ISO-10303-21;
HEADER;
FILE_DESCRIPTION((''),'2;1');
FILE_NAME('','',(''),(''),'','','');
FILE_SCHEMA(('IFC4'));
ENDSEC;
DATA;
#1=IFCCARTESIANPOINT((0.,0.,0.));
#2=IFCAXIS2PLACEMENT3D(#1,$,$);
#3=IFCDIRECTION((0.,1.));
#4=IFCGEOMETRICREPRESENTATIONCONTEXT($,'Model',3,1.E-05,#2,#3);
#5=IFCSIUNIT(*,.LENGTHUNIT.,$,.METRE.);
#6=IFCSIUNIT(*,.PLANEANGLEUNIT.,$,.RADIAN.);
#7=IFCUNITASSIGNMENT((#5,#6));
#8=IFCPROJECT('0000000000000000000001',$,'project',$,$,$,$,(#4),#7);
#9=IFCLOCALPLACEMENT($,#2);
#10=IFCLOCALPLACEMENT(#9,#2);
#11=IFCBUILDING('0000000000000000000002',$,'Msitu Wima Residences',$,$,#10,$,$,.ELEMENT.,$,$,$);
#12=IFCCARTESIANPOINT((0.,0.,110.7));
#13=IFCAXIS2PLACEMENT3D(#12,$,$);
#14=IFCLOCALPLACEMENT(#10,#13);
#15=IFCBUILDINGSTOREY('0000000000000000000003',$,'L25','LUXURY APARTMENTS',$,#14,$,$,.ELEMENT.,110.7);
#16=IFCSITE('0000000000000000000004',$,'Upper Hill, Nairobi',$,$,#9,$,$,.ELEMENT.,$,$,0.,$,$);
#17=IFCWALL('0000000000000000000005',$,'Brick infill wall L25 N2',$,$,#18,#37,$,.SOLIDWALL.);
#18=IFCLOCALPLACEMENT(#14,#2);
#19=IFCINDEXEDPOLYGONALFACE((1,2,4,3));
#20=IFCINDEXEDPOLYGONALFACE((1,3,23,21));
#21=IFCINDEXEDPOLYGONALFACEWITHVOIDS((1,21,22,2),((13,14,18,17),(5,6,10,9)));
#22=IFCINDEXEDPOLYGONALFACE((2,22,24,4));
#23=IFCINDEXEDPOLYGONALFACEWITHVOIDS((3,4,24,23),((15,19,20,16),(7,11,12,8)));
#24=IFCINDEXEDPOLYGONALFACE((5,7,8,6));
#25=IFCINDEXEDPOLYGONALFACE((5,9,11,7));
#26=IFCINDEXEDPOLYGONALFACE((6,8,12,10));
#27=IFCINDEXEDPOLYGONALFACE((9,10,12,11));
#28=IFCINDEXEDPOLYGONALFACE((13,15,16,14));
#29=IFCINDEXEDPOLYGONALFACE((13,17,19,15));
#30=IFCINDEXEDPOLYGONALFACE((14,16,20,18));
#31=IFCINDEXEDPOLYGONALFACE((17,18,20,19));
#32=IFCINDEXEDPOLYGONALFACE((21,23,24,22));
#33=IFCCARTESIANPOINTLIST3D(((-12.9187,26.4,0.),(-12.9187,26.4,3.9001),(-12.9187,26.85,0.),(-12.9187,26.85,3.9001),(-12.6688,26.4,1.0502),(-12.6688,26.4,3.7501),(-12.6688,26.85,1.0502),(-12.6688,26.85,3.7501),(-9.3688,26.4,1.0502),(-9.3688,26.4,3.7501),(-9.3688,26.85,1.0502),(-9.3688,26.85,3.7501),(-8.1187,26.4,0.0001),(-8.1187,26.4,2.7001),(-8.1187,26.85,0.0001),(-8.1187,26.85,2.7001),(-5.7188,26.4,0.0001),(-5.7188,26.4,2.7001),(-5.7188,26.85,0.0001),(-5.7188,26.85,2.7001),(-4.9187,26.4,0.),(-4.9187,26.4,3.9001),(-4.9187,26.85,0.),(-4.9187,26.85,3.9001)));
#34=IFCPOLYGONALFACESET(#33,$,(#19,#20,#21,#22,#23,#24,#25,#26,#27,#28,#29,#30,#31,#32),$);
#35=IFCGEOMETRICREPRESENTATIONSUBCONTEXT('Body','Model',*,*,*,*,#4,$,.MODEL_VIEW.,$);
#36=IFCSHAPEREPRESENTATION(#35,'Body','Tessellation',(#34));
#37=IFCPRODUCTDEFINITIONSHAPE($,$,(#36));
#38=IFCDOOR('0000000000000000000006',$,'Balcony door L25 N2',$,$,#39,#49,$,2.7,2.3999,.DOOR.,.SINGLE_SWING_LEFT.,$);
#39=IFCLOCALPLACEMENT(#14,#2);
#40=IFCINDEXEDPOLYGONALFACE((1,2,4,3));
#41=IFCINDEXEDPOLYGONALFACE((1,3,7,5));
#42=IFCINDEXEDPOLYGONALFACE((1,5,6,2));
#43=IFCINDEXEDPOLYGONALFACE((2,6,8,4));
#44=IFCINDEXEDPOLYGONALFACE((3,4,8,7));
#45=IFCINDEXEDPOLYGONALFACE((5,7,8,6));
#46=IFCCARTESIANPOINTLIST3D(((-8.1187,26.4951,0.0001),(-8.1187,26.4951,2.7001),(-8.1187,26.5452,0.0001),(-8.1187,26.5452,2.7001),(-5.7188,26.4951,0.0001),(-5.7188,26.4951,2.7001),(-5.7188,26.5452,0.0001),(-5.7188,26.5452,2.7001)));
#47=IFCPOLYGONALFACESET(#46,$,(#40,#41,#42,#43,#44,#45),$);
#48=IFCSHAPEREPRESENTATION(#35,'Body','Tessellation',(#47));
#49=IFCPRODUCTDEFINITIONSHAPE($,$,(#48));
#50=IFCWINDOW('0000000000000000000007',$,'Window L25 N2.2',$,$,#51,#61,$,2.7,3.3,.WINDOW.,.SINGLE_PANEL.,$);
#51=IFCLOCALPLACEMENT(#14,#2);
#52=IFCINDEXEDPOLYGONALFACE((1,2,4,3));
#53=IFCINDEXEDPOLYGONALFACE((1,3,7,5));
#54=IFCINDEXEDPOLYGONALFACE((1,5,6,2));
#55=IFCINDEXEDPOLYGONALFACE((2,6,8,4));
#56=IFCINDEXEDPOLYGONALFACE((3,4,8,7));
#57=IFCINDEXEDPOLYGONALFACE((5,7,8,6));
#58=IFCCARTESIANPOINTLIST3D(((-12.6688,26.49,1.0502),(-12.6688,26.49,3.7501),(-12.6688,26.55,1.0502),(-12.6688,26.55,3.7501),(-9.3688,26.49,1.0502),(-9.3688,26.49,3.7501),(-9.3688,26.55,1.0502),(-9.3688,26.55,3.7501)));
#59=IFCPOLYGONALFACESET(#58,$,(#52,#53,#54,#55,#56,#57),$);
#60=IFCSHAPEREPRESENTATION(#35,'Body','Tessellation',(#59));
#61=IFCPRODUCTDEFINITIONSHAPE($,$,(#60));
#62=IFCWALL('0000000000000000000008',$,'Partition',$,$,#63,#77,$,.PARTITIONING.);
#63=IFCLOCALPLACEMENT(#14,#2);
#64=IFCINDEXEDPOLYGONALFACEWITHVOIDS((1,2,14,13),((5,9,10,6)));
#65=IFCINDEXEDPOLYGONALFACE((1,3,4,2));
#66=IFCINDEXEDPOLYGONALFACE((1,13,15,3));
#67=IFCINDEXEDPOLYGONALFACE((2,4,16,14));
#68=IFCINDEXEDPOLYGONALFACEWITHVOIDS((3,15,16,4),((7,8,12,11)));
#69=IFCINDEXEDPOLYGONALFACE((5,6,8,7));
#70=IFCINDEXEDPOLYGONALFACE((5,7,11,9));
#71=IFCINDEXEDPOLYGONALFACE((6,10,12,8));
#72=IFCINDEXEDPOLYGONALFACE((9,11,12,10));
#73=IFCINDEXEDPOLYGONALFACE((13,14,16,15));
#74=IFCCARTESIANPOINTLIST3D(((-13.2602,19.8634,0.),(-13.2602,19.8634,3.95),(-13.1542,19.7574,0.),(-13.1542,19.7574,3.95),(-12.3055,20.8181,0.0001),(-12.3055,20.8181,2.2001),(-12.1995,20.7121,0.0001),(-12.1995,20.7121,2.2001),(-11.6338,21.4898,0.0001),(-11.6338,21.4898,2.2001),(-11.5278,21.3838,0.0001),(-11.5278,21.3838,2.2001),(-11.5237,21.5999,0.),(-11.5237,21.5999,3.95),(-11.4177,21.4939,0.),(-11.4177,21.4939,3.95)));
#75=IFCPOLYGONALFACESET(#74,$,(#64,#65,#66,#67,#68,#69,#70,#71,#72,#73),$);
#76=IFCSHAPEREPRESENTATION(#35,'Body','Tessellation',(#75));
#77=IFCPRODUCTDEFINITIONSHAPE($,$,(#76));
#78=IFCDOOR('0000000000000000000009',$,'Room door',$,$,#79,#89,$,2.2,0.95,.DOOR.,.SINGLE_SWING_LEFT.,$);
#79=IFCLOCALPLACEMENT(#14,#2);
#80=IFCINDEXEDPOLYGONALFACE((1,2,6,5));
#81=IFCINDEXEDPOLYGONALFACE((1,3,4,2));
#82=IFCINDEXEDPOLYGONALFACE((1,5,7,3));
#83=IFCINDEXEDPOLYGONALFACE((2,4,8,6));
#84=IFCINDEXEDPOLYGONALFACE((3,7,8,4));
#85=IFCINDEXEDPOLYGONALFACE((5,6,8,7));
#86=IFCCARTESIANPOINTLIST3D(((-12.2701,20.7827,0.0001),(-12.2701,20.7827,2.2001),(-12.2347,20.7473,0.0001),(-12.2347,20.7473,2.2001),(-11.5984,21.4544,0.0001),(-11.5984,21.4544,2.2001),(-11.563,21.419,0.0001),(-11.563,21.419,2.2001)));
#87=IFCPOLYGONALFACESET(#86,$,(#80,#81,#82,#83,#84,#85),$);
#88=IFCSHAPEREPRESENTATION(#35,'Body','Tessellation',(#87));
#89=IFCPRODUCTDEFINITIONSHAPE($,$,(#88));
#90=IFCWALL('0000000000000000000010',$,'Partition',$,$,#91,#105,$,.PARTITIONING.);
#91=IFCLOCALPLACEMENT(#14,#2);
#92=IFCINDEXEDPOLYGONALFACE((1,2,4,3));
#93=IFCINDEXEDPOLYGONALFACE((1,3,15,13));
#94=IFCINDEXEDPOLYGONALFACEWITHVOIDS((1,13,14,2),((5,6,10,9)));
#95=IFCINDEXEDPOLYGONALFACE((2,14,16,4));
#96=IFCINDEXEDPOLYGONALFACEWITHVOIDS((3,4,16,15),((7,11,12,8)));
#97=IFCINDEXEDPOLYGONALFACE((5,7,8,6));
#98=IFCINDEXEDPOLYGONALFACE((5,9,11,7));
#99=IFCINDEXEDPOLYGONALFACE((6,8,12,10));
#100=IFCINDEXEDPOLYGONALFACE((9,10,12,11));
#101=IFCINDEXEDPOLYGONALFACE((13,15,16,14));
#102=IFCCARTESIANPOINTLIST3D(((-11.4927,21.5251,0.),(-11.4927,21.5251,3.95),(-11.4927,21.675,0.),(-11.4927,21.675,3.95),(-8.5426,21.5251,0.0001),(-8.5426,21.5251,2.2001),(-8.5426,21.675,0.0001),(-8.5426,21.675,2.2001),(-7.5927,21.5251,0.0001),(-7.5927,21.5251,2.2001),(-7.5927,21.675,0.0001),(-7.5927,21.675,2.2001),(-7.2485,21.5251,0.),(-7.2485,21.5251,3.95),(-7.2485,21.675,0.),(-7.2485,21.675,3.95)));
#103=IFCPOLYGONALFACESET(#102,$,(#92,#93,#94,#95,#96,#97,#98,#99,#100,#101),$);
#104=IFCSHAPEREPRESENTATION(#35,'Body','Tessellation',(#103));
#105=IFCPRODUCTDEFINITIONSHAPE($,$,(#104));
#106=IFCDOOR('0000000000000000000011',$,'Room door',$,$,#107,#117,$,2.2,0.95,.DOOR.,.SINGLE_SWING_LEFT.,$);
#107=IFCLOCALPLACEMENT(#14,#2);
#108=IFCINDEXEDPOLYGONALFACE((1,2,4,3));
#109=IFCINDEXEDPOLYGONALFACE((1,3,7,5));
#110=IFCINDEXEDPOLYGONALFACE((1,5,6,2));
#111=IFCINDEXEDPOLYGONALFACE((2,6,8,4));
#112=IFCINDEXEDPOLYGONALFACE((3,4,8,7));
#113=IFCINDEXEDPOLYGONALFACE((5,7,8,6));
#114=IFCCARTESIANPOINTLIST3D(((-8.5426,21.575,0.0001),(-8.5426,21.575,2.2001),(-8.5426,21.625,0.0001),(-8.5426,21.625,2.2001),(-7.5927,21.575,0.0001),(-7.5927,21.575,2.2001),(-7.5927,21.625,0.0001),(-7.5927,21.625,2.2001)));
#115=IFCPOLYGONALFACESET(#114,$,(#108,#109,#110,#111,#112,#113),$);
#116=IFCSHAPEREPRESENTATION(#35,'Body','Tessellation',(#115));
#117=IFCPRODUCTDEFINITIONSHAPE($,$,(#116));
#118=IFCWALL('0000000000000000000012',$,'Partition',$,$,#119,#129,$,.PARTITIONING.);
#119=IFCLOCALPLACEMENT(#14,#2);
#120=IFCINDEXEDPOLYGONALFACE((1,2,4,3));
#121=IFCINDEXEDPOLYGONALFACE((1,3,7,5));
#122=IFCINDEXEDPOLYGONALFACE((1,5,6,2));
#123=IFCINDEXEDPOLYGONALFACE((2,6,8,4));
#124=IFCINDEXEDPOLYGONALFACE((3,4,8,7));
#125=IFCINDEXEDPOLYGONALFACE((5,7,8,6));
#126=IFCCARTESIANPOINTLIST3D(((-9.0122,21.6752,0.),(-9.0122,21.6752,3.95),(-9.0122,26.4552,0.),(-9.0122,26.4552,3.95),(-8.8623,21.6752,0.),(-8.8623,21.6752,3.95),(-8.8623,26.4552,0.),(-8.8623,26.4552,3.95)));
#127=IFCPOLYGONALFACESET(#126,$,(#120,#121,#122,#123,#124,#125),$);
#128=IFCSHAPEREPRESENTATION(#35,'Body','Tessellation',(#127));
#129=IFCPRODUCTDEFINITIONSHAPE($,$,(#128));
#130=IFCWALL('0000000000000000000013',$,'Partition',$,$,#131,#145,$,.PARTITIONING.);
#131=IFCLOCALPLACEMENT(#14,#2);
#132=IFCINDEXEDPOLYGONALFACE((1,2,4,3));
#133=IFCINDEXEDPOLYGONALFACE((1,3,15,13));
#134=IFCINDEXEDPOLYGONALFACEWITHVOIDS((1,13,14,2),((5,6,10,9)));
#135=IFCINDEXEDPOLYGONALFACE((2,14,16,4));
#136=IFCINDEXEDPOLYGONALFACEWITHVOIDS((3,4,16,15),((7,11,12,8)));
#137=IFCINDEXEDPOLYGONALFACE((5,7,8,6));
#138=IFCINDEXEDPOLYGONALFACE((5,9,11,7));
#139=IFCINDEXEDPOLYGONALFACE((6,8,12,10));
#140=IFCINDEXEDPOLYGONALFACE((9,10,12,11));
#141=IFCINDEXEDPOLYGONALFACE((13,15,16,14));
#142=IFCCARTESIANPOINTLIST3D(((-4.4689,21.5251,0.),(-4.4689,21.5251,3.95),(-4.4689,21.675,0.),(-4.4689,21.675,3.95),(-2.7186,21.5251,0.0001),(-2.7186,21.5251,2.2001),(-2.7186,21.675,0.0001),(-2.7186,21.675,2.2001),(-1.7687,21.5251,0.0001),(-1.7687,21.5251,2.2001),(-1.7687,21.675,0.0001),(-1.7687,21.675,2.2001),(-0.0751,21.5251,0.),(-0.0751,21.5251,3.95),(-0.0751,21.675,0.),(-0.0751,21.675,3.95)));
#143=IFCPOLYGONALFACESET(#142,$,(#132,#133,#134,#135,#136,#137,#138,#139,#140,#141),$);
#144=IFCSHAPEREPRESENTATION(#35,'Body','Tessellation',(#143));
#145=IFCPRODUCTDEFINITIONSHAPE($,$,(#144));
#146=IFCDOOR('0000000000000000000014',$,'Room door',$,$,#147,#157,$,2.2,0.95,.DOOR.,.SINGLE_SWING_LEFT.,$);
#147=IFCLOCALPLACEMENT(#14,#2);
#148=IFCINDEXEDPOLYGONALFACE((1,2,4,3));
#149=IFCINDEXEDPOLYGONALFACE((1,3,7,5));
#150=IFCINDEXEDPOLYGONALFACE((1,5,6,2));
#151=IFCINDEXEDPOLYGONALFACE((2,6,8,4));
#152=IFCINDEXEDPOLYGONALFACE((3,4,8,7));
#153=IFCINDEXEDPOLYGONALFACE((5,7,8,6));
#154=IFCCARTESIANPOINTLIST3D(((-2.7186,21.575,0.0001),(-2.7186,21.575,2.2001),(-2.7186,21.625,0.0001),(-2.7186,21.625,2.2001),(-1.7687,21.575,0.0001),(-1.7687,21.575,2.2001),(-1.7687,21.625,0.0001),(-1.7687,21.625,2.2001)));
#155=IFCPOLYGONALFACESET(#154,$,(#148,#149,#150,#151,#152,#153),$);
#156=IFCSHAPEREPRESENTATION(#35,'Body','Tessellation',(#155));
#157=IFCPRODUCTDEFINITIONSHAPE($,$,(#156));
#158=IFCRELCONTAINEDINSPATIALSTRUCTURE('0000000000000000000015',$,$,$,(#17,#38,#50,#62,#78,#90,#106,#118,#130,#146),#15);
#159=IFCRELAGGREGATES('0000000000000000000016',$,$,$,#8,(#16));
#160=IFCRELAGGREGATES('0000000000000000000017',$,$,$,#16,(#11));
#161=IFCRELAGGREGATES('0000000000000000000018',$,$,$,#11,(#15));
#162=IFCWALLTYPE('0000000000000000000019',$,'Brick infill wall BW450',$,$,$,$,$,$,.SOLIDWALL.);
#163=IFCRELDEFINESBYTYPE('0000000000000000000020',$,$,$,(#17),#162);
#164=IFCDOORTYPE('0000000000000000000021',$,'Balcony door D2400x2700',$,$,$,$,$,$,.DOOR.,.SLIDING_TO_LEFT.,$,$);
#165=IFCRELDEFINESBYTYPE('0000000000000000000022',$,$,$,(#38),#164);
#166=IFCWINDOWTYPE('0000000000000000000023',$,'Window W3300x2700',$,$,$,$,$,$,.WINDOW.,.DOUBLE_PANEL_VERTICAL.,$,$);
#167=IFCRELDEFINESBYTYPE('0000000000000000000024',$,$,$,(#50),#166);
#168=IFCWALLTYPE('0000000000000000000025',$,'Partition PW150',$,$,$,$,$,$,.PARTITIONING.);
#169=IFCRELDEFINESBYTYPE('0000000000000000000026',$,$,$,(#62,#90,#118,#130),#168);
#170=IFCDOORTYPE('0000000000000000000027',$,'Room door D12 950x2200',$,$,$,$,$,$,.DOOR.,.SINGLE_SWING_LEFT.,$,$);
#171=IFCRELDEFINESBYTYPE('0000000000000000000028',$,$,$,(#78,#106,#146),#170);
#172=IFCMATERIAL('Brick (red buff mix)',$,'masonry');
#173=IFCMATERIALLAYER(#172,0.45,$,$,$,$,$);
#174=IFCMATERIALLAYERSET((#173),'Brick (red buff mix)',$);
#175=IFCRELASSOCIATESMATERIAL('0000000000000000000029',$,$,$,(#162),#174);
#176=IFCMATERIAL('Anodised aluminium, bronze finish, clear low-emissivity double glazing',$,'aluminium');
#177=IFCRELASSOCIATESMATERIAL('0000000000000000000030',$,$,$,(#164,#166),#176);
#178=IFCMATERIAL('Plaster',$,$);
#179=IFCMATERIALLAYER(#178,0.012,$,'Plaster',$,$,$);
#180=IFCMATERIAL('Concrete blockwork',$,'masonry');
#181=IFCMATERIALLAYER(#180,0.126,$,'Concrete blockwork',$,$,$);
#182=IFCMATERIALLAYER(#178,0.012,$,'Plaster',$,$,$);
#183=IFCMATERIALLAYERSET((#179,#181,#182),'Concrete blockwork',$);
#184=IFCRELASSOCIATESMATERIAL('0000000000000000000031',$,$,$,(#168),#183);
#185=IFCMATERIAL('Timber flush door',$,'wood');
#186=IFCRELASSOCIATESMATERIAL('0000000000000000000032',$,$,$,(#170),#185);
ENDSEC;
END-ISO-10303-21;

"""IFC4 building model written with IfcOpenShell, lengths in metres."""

from ifc_helpers import new_model, si_unit, direction, frame, frame_2d, origin, place, context, subcontext, project, spatial, rectangle, extrude, material, layer, layer_set, type_object, element, fill, save


model = new_model("IFC4")

# Units and contexts
model_context = context("Model", 3, precision=1e-05, world=origin(), true_north=direction((0.0, 1.0)))
body_context = subcontext(model_context, "Body", "Model", "MODEL_VIEW")
ifc_project = project(units=[si_unit("LENGTHUNIT", "METRE"), si_unit("PLANEANGLEUNIT", "RADIAN")], contexts=[model_context])

# Site, building, storey
site_placement = place(None, origin())
site = spatial("IfcSite", under=ifc_project, at=site_placement, Name="Upper Hill, Nairobi", CompositionType="ELEMENT", RefElevation=0.0)
building_placement = place(site_placement, origin())
building = spatial("IfcBuilding", under=site, at=building_placement, Name="Msitu Wima Residences", CompositionType="ELEMENT")
storey_placement = place(building_placement, frame((0.0, 0.0, 110.7)))
storey = spatial("IfcBuildingStorey", under=building, at=storey_placement, Name="L25", Description="LUXURY APARTMENTS", CompositionType="ELEMENT", Elevation=110.7)

# Wall, openings, door, window
ifc_material_1 = material(Name="Brick (red buff mix)", Category="masonry")
ifc_layer_1 = layer(ifc_material_1, 0.45)
ifc_layer_set_1 = layer_set([ifc_layer_1], Name="Brick (red buff mix)")
wall_type_1 = type_object("IfcWallType", Name="Brick infill wall BW450", PredefinedType="SOLIDWALL", material=ifc_layer_set_1)
wall_1_placement = place(storey_placement, frame((-4.9187, 26.625, 0.0), z_axis=(0.0, 0.0, 1.0), x_axis=(-1.0, 0.0, 0.0)))
wall_1 = element("IfcWall", 1, at=wall_1_placement, inside=storey, type_object=wall_type_1, Name="Brick infill wall L25 N2", PredefinedType="SOLIDWALL", context=body_context, shape_type="SweptSolid", body=[
    extrude(rectangle(XDim=8.0, YDim=0.45, at=frame_2d((4.0, 0.0))), origin(), (0.0, 0.0, 1.0), 3.9001),
])
opening_1_placement = place(wall_1_placement, frame((0.8, 0.0, 0.0)))
opening_1 = element("IfcOpeningElement", 2, at=opening_1_placement, cuts=wall_1, PredefinedType="OPENING", context=body_context, shape_type="SweptSolid", body=[
    extrude(rectangle(XDim=2.3999, YDim=2.7, at=frame_2d((1.2, 1.3501))), frame((0.0, 0.2349, 0.0), z_axis=(0.0, -1.0, 0.0), x_axis=(1.0, 0.0, 0.0)), (0.0, 0.0, 1.0), 0.47),
])
opening_2_placement = place(wall_1_placement, frame((4.4502, 0.0, 1.05)))
opening_2 = element("IfcOpeningElement", 3, at=opening_2_placement, cuts=wall_1, PredefinedType="OPENING", context=body_context, shape_type="SweptSolid", body=[
    extrude(rectangle(XDim=3.3, YDim=2.7, at=frame_2d((1.6499, 1.3501))), frame((0.0, 0.2349, 0.0), z_axis=(0.0, -1.0, 0.0), x_axis=(1.0, 0.0, 0.0)), (0.0, 0.0, 1.0), 0.47),
])
ifc_material_2 = material(Name="Anodised aluminium, bronze finish, clear low-emissivity double glazing", Category="aluminium")
door_type_1 = type_object("IfcDoorType", Name="Balcony door D2400x2700", OperationType="SLIDING_TO_LEFT", PredefinedType="DOOR", material=ifc_material_2)
door_1_placement = place(opening_1_placement, origin())
door_1 = element("IfcDoor", 4, at=door_1_placement, inside=storey, type_object=door_type_1, Name="Balcony door L25 N2", OperationType="SINGLE_SWING_LEFT", OverallHeight=2.7, OverallWidth=2.3999, PredefinedType="DOOR", context=body_context, shape_type="SweptSolid", body=[
    extrude(rectangle(XDim=2.3999, YDim=2.7, at=frame_2d((1.2, 1.3501))), frame((0.0, 0.1299, 0.0), z_axis=(0.0, -1.0, 0.0), x_axis=(1.0, 0.0, 0.0)), (0.0, 0.0, 1.0), 0.05),
])
fill(opening_1, door_1)
window_type = type_object("IfcWindowType", Name="Window W3300x2700", PartitioningType="DOUBLE_PANEL_VERTICAL", PredefinedType="WINDOW", material=ifc_material_2)
window_placement = place(opening_2_placement, origin())
window = element("IfcWindow", 5, at=window_placement, inside=storey, type_object=window_type, Name="Window L25 N2.2", OverallHeight=2.7, OverallWidth=3.3, PartitioningType="SINGLE_PANEL", PredefinedType="WINDOW", context=body_context, shape_type="SweptSolid", body=[
    extrude(rectangle(XDim=3.3, YDim=2.7, at=frame_2d((1.6499, 1.3501))), frame((0.0, 0.135, 0.0), z_axis=(0.0, -1.0, 0.0), x_axis=(1.0, 0.0, 0.0)), (0.0, 0.0, 1.0), 0.0601),
])
fill(opening_2, window)

# Walls, openings, doors
ifc_material_3 = material(Name="Plaster")
ifc_layer_2 = layer(ifc_material_3, 0.012, Name="Plaster")
ifc_material_4 = material(Name="Concrete blockwork", Category="masonry")
ifc_layer_3 = layer(ifc_material_4, 0.126, Name="Concrete blockwork")
ifc_layer_4 = layer(ifc_material_3, 0.012, Name="Plaster")
ifc_layer_set_2 = layer_set([ifc_layer_2, ifc_layer_3, ifc_layer_4], Name="Concrete blockwork")
wall_type_2 = type_object("IfcWallType", Name="Partition PW150", PredefinedType="PARTITIONING", material=ifc_layer_set_2)
wall_2_placement = place(storey_placement, frame((-13.2073, 19.8103, 0.0), z_axis=(0.0, 0.0, 1.0), x_axis=(0.707107, 0.707107, 0.0)))
wall_2 = element("IfcWall", 6, at=wall_2_placement, inside=storey, type_object=wall_type_2, Name="Partition", PredefinedType="PARTITIONING", context=body_context, shape_type="SweptSolid", body=[
    extrude(rectangle(XDim=2.4558, YDim=0.1499, at=frame_2d((1.228, 0.0))), origin(), (0.0, 0.0, 1.0), 3.95),
])
opening_3_placement = place(wall_2_placement, frame((1.3501, 0.0, 0.0)))
opening_3 = element("IfcOpeningElement", 7, at=opening_3_placement, cuts=wall_2, PredefinedType="OPENING", context=body_context, shape_type="SweptSolid", body=[
    extrude(rectangle(XDim=0.95, YDim=2.2, at=frame_2d((0.4751, 1.1001))), frame((0.0, 0.085, 0.0), z_axis=(0.0, -1.0, 0.0), x_axis=(1.0, 0.0, 0.0)), (0.0, 0.0, 1.0), 0.1699),
])
ifc_material_5 = material(Name="Timber flush door", Category="wood")
door_type_2 = type_object("IfcDoorType", Name="Room door D12 950x2200", OperationType="SINGLE_SWING_LEFT", PredefinedType="DOOR", material=ifc_material_5)
door_2_placement = place(opening_3_placement, origin())
door_2 = element("IfcDoor", 8, at=door_2_placement, inside=storey, type_object=door_type_2, Name="Room door", OperationType="SINGLE_SWING_LEFT", OverallHeight=2.2, OverallWidth=0.95, PredefinedType="DOOR", context=body_context, shape_type="SweptSolid", body=[
    extrude(rectangle(XDim=0.95, YDim=2.2, at=frame_2d((0.4751, 1.1001))), frame((0.0, 0.0249, 0.0), z_axis=(0.0, -1.0, 0.0), x_axis=(1.0, 0.0, 0.0)), (0.0, 0.0, 1.0), 0.05),
])
fill(opening_3, door_2)
wall_3_placement = place(storey_placement, frame((-11.4927, 21.6001, 0.0), z_axis=(0.0, 0.0, 1.0), x_axis=(1.0, 0.0, 0.0)))
wall_3 = element("IfcWall", 9, at=wall_3_placement, inside=storey, type_object=wall_type_2, Name="Partition", PredefinedType="PARTITIONING", context=body_context, shape_type="SweptSolid", body=[
    extrude(rectangle(XDim=4.2441, YDim=0.1499, at=frame_2d((2.1221, 0.0))), origin(), (0.0, 0.0, 1.0), 3.95),
])
opening_4_placement = place(wall_3_placement, frame((2.95, 0.0, 0.0)))
opening_4 = element("IfcOpeningElement", 10, at=opening_4_placement, cuts=wall_3, PredefinedType="OPENING", context=body_context, shape_type="SweptSolid", body=[
    extrude(rectangle(XDim=0.95, YDim=2.2, at=frame_2d((0.4751, 1.1001))), frame((0.0, 0.085, 0.0), z_axis=(0.0, -1.0, 0.0), x_axis=(1.0, 0.0, 0.0)), (0.0, 0.0, 1.0), 0.1699),
])
door_3_placement = place(opening_4_placement, origin())
door_3 = element("IfcDoor", 11, at=door_3_placement, inside=storey, type_object=door_type_2, Name="Room door", OperationType="SINGLE_SWING_LEFT", OverallHeight=2.2, OverallWidth=0.95, PredefinedType="DOOR", context=body_context, shape_type="SweptSolid", body=[
    extrude(rectangle(XDim=0.95, YDim=2.2, at=frame_2d((0.4751, 1.1001))), frame((0.0, 0.0249, 0.0), z_axis=(0.0, -1.0, 0.0), x_axis=(1.0, 0.0, 0.0)), (0.0, 0.0, 1.0), 0.05),
])
fill(opening_4, door_3)

# Wall
wall_4_placement = place(storey_placement, frame((-8.9373, 21.675, 0.0), z_axis=(0.0, 0.0, 1.0), x_axis=(0.0, 1.0, 0.0)))
element("IfcWall", 12, at=wall_4_placement, inside=storey, type_object=wall_type_2, Name="Partition", PredefinedType="PARTITIONING", context=body_context, shape_type="SweptSolid", body=[
    extrude(rectangle(XDim=4.78, YDim=0.1499, at=frame_2d((2.3901, 0.0))), origin(), (0.0, 0.0, 1.0), 3.95),
])

# Wall, opening, door
wall_5_placement = place(storey_placement, frame((-4.4688, 21.6001, 0.0), z_axis=(0.0, 0.0, 1.0), x_axis=(1.0, 0.0, 0.0)))
wall_5 = element("IfcWall", 13, at=wall_5_placement, inside=storey, type_object=wall_type_2, Name="Partition", PredefinedType="PARTITIONING", context=body_context, shape_type="SweptSolid", body=[
    extrude(rectangle(XDim=4.3938, YDim=0.1499, at=frame_2d((2.1968, 0.0))), origin(), (0.0, 0.0, 1.0), 3.95),
])
opening_5_placement = place(wall_5_placement, frame((1.75, 0.0, 0.0)))
opening_5 = element("IfcOpeningElement", 14, at=opening_5_placement, cuts=wall_5, PredefinedType="OPENING", context=body_context, shape_type="SweptSolid", body=[
    extrude(rectangle(XDim=0.95, YDim=2.2, at=frame_2d((0.4751, 1.1001))), frame((0.0, 0.085, 0.0), z_axis=(0.0, -1.0, 0.0), x_axis=(1.0, 0.0, 0.0)), (0.0, 0.0, 1.0), 0.1699),
])
door_4_placement = place(opening_5_placement, origin())
door_4 = element("IfcDoor", 15, at=door_4_placement, inside=storey, type_object=door_type_2, Name="Room door", OperationType="SINGLE_SWING_LEFT", OverallHeight=2.2, OverallWidth=0.95, PredefinedType="DOOR", context=body_context, shape_type="SweptSolid", body=[
    extrude(rectangle(XDim=0.95, YDim=2.2, at=frame_2d((0.4751, 1.1001))), frame((0.0, 0.0249, 0.0), z_axis=(0.0, -1.0, 0.0), x_axis=(1.0, 0.0, 0.0)), (0.0, 0.0, 1.0), 0.05),
])
fill(opening_5, door_4)

save(model, "model.ifc")
